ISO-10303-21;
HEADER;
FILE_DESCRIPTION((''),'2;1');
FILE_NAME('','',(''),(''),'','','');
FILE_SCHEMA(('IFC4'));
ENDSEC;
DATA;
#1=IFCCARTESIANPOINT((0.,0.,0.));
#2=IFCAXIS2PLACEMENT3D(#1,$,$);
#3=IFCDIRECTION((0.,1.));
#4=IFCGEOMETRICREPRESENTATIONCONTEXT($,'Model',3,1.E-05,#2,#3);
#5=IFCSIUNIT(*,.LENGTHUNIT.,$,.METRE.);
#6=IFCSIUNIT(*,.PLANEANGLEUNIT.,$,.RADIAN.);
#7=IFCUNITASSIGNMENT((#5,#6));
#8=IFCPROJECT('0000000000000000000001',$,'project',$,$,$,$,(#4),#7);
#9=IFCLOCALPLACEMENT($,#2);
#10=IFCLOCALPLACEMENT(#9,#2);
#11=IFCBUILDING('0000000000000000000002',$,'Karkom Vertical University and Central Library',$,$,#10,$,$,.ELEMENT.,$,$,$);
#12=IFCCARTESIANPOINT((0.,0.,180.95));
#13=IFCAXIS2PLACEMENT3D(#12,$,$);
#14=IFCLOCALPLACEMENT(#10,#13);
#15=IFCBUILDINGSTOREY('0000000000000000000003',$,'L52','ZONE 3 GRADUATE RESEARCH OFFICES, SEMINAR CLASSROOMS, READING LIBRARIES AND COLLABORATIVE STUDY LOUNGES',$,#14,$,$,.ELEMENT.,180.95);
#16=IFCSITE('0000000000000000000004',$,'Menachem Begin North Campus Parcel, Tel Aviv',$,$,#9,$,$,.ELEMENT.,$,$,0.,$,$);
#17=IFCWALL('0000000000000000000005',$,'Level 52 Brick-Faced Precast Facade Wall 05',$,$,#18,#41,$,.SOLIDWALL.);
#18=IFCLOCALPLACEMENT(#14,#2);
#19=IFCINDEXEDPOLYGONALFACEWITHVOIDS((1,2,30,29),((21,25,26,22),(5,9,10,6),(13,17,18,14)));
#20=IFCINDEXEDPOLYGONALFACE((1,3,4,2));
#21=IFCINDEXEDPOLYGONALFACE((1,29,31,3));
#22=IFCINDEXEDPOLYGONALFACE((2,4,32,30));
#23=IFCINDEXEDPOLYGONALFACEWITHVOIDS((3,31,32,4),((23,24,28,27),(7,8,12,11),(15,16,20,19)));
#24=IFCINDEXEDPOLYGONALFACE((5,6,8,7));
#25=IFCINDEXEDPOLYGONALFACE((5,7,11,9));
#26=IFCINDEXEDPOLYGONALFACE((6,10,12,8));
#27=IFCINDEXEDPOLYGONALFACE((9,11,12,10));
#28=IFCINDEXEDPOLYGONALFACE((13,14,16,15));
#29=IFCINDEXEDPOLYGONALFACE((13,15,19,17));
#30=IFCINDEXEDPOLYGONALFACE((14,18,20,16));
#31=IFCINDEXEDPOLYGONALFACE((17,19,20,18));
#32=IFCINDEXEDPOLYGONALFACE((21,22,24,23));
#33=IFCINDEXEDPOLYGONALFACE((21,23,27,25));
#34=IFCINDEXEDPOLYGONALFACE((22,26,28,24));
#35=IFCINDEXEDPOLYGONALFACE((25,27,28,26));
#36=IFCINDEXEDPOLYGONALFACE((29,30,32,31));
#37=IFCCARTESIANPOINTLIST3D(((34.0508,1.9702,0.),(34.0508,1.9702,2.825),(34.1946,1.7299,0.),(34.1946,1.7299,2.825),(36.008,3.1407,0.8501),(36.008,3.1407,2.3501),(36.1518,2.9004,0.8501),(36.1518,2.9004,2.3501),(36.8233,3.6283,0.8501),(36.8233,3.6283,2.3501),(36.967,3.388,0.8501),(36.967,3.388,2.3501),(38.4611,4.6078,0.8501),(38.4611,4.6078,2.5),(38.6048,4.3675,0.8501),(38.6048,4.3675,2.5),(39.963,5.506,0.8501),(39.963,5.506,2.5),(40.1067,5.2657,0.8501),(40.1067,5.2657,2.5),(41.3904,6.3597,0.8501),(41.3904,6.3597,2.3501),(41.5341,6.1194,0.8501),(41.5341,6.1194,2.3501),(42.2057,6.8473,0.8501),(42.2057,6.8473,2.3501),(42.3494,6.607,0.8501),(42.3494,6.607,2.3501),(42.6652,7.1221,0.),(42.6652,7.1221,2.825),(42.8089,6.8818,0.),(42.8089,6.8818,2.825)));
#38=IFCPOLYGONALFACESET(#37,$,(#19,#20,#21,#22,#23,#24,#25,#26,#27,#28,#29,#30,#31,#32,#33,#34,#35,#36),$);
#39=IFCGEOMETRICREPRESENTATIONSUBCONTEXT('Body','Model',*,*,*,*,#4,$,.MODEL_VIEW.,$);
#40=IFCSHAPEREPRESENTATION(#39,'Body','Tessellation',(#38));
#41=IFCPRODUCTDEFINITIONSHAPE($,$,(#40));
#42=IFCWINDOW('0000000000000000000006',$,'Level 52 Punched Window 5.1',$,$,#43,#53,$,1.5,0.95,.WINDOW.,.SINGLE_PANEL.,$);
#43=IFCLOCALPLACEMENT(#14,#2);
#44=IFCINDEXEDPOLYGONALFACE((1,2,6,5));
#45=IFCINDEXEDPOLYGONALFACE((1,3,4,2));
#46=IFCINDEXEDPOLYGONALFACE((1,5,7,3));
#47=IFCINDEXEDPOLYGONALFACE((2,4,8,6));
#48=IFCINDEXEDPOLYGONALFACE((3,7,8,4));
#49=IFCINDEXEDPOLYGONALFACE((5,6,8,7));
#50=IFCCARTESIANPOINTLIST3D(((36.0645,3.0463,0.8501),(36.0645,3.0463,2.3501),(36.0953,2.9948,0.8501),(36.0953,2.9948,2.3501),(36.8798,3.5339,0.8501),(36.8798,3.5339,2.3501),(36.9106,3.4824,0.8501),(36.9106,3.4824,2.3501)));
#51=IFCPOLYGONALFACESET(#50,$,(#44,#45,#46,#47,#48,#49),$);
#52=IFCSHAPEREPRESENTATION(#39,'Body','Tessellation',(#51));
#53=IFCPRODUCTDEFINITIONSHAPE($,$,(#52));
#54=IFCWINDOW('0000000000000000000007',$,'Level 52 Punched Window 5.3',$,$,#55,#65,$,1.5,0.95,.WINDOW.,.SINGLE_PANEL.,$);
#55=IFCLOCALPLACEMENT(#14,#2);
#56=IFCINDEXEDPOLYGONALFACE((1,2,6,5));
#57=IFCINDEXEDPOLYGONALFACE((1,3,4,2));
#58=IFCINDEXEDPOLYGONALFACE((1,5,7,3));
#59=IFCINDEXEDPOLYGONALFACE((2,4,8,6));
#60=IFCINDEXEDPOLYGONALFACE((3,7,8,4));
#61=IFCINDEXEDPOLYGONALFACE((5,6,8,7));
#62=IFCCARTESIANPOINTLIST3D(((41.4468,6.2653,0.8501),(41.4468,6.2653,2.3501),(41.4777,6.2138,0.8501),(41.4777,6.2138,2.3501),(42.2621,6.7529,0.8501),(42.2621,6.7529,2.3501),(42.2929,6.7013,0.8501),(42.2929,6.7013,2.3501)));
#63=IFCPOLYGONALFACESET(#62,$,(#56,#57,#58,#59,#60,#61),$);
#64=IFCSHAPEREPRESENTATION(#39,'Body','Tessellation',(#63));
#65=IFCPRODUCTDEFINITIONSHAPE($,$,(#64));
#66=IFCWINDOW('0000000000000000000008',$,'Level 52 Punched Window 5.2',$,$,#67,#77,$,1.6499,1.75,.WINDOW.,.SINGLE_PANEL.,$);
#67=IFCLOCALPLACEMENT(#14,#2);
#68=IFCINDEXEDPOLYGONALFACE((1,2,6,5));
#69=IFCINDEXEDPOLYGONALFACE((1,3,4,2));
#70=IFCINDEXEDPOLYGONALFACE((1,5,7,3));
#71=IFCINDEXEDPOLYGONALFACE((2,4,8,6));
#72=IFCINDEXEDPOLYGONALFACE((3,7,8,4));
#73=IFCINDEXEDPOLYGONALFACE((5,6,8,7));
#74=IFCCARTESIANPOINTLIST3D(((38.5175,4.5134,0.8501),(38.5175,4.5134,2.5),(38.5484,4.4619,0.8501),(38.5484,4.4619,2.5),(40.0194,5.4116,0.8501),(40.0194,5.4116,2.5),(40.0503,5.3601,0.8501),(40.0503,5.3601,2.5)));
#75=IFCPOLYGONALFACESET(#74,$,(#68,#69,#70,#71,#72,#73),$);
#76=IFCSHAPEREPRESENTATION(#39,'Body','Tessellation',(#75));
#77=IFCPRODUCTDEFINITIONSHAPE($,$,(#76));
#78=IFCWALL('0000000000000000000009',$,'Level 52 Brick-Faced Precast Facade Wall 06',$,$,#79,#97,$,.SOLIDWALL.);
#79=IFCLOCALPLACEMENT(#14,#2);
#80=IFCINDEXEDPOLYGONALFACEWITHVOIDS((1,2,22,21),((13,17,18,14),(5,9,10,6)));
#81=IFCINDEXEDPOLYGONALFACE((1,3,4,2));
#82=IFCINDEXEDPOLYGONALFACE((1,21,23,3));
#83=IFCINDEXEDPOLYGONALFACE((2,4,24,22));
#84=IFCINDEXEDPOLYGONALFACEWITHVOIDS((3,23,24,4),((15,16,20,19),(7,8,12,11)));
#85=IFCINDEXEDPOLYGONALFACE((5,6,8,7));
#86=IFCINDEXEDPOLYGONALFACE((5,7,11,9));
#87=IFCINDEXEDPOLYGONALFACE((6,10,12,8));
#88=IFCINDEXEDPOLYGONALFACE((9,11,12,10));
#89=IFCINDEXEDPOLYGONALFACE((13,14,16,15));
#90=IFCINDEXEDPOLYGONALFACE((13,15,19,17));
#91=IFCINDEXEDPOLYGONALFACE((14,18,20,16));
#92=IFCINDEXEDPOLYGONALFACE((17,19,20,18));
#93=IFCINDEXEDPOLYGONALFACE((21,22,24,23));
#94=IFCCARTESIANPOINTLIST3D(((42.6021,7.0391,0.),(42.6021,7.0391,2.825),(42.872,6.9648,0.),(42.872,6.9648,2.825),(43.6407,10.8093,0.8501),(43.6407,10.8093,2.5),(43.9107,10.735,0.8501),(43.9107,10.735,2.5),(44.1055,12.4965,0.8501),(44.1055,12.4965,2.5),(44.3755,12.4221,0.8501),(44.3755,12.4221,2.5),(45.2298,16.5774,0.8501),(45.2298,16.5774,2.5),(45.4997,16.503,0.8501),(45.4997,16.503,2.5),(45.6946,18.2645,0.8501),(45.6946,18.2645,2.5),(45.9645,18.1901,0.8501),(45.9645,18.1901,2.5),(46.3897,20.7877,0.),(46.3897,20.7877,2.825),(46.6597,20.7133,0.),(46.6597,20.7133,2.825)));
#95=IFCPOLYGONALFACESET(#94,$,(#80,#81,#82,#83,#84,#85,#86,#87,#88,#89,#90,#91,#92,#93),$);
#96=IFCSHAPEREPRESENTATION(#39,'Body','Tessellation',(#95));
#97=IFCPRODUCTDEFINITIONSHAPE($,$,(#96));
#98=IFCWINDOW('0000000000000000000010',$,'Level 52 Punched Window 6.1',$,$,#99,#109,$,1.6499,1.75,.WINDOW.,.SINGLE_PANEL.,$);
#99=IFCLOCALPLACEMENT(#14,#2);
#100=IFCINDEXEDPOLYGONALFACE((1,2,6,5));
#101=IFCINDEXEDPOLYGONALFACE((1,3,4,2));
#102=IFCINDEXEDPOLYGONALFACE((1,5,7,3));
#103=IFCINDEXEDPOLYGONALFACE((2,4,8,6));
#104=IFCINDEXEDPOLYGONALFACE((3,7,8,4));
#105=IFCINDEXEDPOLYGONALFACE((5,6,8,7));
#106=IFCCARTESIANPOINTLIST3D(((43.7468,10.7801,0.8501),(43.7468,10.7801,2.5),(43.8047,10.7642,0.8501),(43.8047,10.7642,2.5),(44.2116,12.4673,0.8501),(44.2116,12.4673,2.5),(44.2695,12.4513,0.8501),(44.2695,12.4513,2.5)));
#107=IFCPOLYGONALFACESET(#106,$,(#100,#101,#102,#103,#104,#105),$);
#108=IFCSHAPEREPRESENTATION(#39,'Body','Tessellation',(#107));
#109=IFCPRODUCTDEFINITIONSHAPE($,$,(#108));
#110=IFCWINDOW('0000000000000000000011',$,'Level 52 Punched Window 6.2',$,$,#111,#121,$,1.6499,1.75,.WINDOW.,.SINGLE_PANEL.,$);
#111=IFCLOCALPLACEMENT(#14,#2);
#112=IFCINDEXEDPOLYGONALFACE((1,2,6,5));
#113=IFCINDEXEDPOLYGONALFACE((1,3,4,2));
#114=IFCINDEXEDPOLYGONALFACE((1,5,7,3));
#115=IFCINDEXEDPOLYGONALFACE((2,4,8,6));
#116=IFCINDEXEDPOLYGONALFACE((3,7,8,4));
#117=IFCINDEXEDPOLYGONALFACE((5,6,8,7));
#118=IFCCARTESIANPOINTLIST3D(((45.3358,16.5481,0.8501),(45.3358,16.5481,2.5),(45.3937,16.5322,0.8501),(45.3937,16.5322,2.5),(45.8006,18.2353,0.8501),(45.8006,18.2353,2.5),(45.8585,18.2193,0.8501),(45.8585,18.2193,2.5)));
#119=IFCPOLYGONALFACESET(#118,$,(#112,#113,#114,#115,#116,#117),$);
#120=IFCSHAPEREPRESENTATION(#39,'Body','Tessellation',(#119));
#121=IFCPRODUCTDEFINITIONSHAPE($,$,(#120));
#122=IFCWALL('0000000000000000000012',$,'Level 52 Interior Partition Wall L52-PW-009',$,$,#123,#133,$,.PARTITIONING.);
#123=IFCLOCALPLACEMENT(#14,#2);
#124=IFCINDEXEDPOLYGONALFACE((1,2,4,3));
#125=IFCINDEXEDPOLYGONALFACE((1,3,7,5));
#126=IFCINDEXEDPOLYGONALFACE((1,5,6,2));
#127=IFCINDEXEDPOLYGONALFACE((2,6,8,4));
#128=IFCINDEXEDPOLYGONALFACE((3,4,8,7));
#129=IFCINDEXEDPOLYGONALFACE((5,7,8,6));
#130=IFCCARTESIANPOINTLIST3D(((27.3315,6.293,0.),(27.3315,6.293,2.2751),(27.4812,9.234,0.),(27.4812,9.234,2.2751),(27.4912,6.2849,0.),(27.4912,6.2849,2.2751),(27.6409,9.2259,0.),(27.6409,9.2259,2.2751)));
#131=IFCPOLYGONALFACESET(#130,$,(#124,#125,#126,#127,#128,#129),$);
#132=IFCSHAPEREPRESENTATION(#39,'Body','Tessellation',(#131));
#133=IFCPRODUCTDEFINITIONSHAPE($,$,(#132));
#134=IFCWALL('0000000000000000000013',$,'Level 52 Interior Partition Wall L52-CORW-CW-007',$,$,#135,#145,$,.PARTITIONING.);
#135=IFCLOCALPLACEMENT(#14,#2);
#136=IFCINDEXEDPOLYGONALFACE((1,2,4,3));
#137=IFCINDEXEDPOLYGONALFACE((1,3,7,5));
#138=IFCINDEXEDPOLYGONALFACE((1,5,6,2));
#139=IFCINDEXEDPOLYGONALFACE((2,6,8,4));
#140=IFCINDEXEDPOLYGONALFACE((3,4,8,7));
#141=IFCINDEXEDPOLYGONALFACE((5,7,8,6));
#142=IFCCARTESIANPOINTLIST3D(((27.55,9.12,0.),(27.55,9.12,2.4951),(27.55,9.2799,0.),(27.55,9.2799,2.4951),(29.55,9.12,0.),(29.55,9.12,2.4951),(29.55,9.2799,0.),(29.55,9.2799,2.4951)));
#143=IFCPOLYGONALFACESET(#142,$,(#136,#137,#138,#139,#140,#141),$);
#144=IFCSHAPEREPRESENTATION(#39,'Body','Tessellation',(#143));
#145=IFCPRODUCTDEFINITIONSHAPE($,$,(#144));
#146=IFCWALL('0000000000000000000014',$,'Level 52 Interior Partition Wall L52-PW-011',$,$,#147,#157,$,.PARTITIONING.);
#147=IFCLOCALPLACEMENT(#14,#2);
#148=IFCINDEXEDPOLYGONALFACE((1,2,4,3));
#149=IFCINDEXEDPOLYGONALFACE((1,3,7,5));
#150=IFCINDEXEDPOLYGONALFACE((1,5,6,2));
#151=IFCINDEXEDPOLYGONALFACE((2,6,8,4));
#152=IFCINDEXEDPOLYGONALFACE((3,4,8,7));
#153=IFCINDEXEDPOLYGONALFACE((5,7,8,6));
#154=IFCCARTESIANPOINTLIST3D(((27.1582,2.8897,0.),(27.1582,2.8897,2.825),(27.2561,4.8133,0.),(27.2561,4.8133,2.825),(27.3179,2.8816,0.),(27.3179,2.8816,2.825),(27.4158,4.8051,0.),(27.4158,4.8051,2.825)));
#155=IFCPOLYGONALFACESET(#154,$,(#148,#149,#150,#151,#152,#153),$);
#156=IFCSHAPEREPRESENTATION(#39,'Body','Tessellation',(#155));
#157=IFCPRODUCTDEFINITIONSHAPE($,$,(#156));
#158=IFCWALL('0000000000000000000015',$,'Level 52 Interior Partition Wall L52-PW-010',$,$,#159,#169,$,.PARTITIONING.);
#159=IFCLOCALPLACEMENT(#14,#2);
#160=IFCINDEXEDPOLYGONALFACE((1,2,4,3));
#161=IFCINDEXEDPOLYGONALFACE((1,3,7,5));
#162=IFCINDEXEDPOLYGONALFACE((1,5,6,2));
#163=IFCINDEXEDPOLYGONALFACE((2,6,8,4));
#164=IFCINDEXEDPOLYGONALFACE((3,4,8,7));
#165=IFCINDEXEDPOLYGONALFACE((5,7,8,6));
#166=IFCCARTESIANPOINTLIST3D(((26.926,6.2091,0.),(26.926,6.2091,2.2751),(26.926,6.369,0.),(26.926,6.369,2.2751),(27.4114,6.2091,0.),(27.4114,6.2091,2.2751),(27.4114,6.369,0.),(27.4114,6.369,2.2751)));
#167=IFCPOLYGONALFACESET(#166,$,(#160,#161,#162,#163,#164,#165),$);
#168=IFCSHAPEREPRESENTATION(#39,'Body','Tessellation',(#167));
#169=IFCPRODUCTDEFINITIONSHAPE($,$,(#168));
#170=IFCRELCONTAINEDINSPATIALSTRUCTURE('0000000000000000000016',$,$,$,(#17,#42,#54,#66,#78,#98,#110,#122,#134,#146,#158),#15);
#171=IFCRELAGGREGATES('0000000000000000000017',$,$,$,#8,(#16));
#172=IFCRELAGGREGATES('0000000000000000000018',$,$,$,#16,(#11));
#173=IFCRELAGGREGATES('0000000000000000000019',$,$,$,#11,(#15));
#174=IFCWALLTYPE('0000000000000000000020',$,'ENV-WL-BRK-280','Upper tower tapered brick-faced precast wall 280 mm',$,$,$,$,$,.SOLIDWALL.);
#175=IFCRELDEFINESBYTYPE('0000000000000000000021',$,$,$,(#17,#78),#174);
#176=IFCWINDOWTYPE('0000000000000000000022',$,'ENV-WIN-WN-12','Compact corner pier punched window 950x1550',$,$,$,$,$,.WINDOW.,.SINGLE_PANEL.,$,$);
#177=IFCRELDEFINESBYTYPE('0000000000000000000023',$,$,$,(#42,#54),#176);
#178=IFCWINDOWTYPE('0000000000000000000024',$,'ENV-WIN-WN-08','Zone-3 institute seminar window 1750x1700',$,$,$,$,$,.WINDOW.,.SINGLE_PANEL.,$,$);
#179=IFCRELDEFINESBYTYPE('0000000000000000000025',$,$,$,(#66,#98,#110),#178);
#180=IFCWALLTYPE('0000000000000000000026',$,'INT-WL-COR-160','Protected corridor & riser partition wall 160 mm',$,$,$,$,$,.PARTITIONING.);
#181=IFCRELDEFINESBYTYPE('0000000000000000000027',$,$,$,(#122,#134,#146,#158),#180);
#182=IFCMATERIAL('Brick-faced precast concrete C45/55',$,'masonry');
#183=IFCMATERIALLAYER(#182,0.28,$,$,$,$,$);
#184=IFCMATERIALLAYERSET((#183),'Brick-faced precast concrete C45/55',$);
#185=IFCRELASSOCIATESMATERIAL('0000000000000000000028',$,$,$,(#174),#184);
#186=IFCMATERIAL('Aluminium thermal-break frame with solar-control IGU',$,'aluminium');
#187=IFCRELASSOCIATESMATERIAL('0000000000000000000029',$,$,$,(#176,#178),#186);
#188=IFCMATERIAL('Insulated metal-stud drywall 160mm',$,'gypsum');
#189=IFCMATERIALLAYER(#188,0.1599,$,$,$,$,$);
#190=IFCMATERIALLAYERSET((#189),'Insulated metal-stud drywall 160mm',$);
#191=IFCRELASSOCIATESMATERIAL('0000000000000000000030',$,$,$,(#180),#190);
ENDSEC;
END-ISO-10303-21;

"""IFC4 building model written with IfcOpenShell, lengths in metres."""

from ifc_helpers import new_model, si_unit, direction, frame, frame_2d, origin, origin_with_axes, place, context, subcontext, project, spatial, rectangle, extrude, source, transform, mapped, material, layer, layer_set, type_object, element, fill, save


model = new_model("IFC4")

# Units and contexts
model_context = context("Model", 3, precision=1e-05, world=origin(), true_north=direction((0.0, 1.0)))
body_context = subcontext(model_context, "Body", "Model", "MODEL_VIEW")
ifc_project = project(units=[si_unit("LENGTHUNIT", "METRE"), si_unit("PLANEANGLEUNIT", "RADIAN")], contexts=[model_context])

# Site, building, storey
site_placement = place(None, origin())
site = spatial("IfcSite", under=ifc_project, at=site_placement, Name="Menachem Begin North Campus Parcel, Tel Aviv", CompositionType="ELEMENT", RefElevation=0.0)
building_placement = place(site_placement, origin())
building = spatial("IfcBuilding", under=site, at=building_placement, Name="Karkom Vertical University and Central Library", CompositionType="ELEMENT")
storey_placement = place(building_placement, frame((0.0, 0.0, 180.95)))
storey = spatial("IfcBuildingStorey", under=building, at=storey_placement, Name="L52", Description="ZONE 3 GRADUATE RESEARCH OFFICES, SEMINAR CLASSROOMS, READING LIBRARIES AND COLLABORATIVE STUDY LOUNGES", CompositionType="ELEMENT", Elevation=180.95)

# Walls, openings, windows
ifc_material_1 = material(Name="Brick-faced precast concrete C45/55", Category="masonry")
ifc_layer_1 = layer(ifc_material_1, 0.28)
ifc_layer_set_1 = layer_set([ifc_layer_1], Name="Brick-faced precast concrete C45/55")
wall_type_1 = type_object("IfcWallType", Name="ENV-WL-BRK-280", Description="Upper tower tapered brick-faced precast wall 280 mm", PredefinedType="SOLIDWALL", material=ifc_layer_set_1)
wall_1_placement = place(storey_placement, frame((34.1228, 1.8501, 0.0), z_axis=(0.0, 0.0, 1.0), x_axis=(0.858226, 0.513272, 0.0)))
wall_1 = element("IfcWall", 1, at=wall_1_placement, inside=storey, type_object=wall_type_1, Name="Level 52 Brick-Faced Precast Facade Wall 05", PredefinedType="SOLIDWALL", context=body_context, shape_type="SweptSolid", body=[
    extrude(rectangle(XDim=10.0374, YDim=0.28, at=frame_2d((5.0186, 0.0))), origin(), (0.0, 0.0, 1.0), 2.825),
])
opening_1_placement = place(wall_1_placement, frame((2.2803, 0.0, 0.8501)))
opening_1 = element("IfcOpeningElement", 2, at=opening_1_placement, cuts=wall_1, PredefinedType="OPENING", context=body_context, shape_type="SweptSolid", body=[
    extrude(rectangle(XDim=0.95, YDim=1.5, at=frame_2d((0.4751, 0.75))), frame((0.0, 0.1499, 0.0), z_axis=(0.0, -1.0, 0.0), x_axis=(1.0, 0.0, 0.0)), (0.0, 0.0, 1.0), 0.3),
])
opening_2_placement = place(wall_1_placement, frame((5.1387, 0.0, 0.8501)))
opening_2 = element("IfcOpeningElement", 3, at=opening_2_placement, cuts=wall_1, PredefinedType="OPENING", context=body_context, shape_type="SweptSolid", body=[
    extrude(rectangle(XDim=1.75, YDim=1.6499, at=frame_2d((0.875, 0.825))), frame((0.0, 0.1499, 0.0), z_axis=(0.0, -1.0, 0.0), x_axis=(1.0, 0.0, 0.0)), (0.0, 0.0, 1.0), 0.3),
])
opening_3_placement = place(wall_1_placement, frame((8.5518, 0.0, 0.8501)))
opening_3 = element("IfcOpeningElement", 4, at=opening_3_placement, cuts=wall_1, PredefinedType="OPENING", context=body_context, shape_type="SweptSolid", body=[
    extrude(rectangle(XDim=0.95, YDim=1.5, at=frame_2d((0.4751, 0.75))), frame((0.0, 0.1499, 0.0), z_axis=(0.0, -1.0, 0.0), x_axis=(1.0, 0.0, 0.0)), (0.0, 0.0, 1.0), 0.3),
])
ifc_material_2 = material(Name="Aluminium thermal-break frame with solar-control IGU", Category="aluminium")
window_type_1 = type_object("IfcWindowType", Name="ENV-WIN-WN-12", Description="Compact corner pier punched window 950x1550", PartitioningType="SINGLE_PANEL", PredefinedType="WINDOW", material=ifc_material_2)
shared_shape_1 = source(origin_with_axes(), body_context, "Body", "SweptSolid", [
    extrude(rectangle(XDim=0.95, YDim=1.5, at=frame_2d((0.4751, 0.75))), frame((0.0, 0.03, 0.0), z_axis=(0.0, -1.0, 0.0), x_axis=(1.0, 0.0, 0.0)), (0.0, 0.0, 1.0), 0.0601),
])
window_1_placement = place(opening_1_placement, origin())
window_1 = element("IfcWindow", 5, at=window_1_placement, inside=storey, type_object=window_type_1, Name="Level 52 Punched Window 5.1", OverallHeight=1.5, OverallWidth=0.95, PartitioningType="SINGLE_PANEL", PredefinedType="WINDOW", context=body_context, shape_type="MappedRepresentation", body=[
    mapped(shared_shape_1, transform((0.0, 0.0, 0.0), scale=1.0)),
])
fill(opening_1, window_1)
window_2_placement = place(opening_3_placement, origin())
window_2 = element("IfcWindow", 6, at=window_2_placement, inside=storey, type_object=window_type_1, Name="Level 52 Punched Window 5.3", OverallHeight=1.5, OverallWidth=0.95, PartitioningType="SINGLE_PANEL", PredefinedType="WINDOW", context=body_context, shape_type="MappedRepresentation", body=[
    mapped(shared_shape_1, transform((0.0, 0.0, 0.0), scale=1.0)),
])
fill(opening_3, window_2)
window_type_2 = type_object("IfcWindowType", Name="ENV-WIN-WN-08", Description="Zone-3 institute seminar window 1750x1700", PartitioningType="SINGLE_PANEL", PredefinedType="WINDOW", material=ifc_material_2)
shared_shape_2 = source(origin_with_axes(), body_context, "Body", "SweptSolid", [
    extrude(rectangle(XDim=1.75, YDim=1.6499, at=frame_2d((0.875, 0.825))), frame((0.0, 0.03, 0.0), z_axis=(0.0, -1.0, 0.0), x_axis=(1.0, 0.0, 0.0)), (0.0, 0.0, 1.0), 0.0601),
])
window_3_placement = place(opening_2_placement, origin())
window_3 = element("IfcWindow", 7, at=window_3_placement, inside=storey, type_object=window_type_2, Name="Level 52 Punched Window 5.2", OverallHeight=1.6499, OverallWidth=1.75, PartitioningType="SINGLE_PANEL", PredefinedType="WINDOW", context=body_context, shape_type="MappedRepresentation", body=[
    mapped(shared_shape_2, transform((0.0, 0.0, 0.0), scale=1.0)),
])
fill(opening_2, window_3)
wall_2_placement = place(storey_placement, frame((42.7371, 7.002, 0.0), z_axis=(0.0, 0.0, 1.0), x_axis=(0.265597, 0.964084, 0.0)))
wall_2 = element("IfcWall", 8, at=wall_2_placement, inside=storey, type_object=wall_type_1, Name="Level 52 Brick-Faced Precast Facade Wall 06", PredefinedType="SOLIDWALL", context=body_context, shape_type="SweptSolid", body=[
    extrude(rectangle(XDim=14.2607, YDim=0.28, at=frame_2d((7.1304, 0.0))), origin(), (0.0, 0.0, 1.0), 2.825),
])
opening_4_placement = place(wall_2_placement, frame((3.9106, 0.0, 0.8501)))
opening_4 = element("IfcOpeningElement", 9, at=opening_4_placement, cuts=wall_2, PredefinedType="OPENING", context=body_context, shape_type="SweptSolid", body=[
    extrude(rectangle(XDim=1.75, YDim=1.6499, at=frame_2d((0.875, 0.825))), frame((0.0, 0.1499, 0.0), z_axis=(0.0, -1.0, 0.0), x_axis=(1.0, 0.0, 0.0)), (0.0, 0.0, 1.0), 0.3),
])
opening_5_placement = place(wall_2_placement, frame((9.8936, 0.0, 0.8501)))
opening_5 = element("IfcOpeningElement", 10, at=opening_5_placement, cuts=wall_2, PredefinedType="OPENING", context=body_context, shape_type="SweptSolid", body=[
    extrude(rectangle(XDim=1.75, YDim=1.6499, at=frame_2d((0.875, 0.825))), frame((0.0, 0.1499, 0.0), z_axis=(0.0, -1.0, 0.0), x_axis=(1.0, 0.0, 0.0)), (0.0, 0.0, 1.0), 0.3),
])
window_4_placement = place(opening_4_placement, origin())
window_4 = element("IfcWindow", 11, at=window_4_placement, inside=storey, type_object=window_type_2, Name="Level 52 Punched Window 6.1", OverallHeight=1.6499, OverallWidth=1.75, PartitioningType="SINGLE_PANEL", PredefinedType="WINDOW", context=body_context, shape_type="MappedRepresentation", body=[
    mapped(shared_shape_2, transform((0.0, 0.0, 0.0), scale=1.0)),
])
fill(opening_4, window_4)
window_5_placement = place(opening_5_placement, origin())
window_5 = element("IfcWindow", 12, at=window_5_placement, inside=storey, type_object=window_type_2, Name="Level 52 Punched Window 6.2", OverallHeight=1.6499, OverallWidth=1.75, PartitioningType="SINGLE_PANEL", PredefinedType="WINDOW", context=body_context, shape_type="MappedRepresentation", body=[
    mapped(shared_shape_2, transform((0.0, 0.0, 0.0), scale=1.0)),
])
fill(opening_5, window_5)

# Shared definitions
ifc_material_3 = material(Name="Insulated metal-stud drywall 160mm", Category="gypsum")
ifc_layer_2 = layer(ifc_material_3, 0.1599)
ifc_layer_set_2 = layer_set([ifc_layer_2], Name="Insulated metal-stud drywall 160mm")
wall_type_2 = type_object("IfcWallType", Name="INT-WL-COR-160", Description="Protected corridor & riser partition wall 160 mm", PredefinedType="PARTITIONING", material=ifc_layer_set_2)

# Walls
wall_3_placement = place(storey_placement, frame((27.561, 9.23, 0.0), z_axis=(0.0, 0.0, 1.0), x_axis=(-0.050822, -0.998708, 0.0)))
element("IfcWall", 13, at=wall_3_placement, inside=storey, type_object=wall_type_2, Name="Level 52 Interior Partition Wall L52-PW-009", PredefinedType="PARTITIONING", context=body_context, shape_type="SweptSolid", body=[
    extrude(rectangle(XDim=2.9448, YDim=0.1599, at=frame_2d((1.4724, 0.0))), origin(), (0.0, 0.0, 1.0), 2.2751),
])
wall_4_placement = place(storey_placement, frame((29.55, 9.2, 0.0), z_axis=(0.0, 0.0, 1.0), x_axis=(-1.0, 0.0, 0.0)))
element("IfcWall", 14, at=wall_4_placement, inside=storey, type_object=wall_type_2, Name="Level 52 Interior Partition Wall L52-CORW-CW-007", PredefinedType="PARTITIONING", context=body_context, shape_type="SweptSolid", body=[
    extrude(rectangle(XDim=2.0, YDim=0.1599, at=frame_2d((1.0, 0.0))), origin(), (0.0, 0.0, 1.0), 2.4951),
])
wall_5_placement = place(storey_placement, frame((27.3359, 4.8091, 0.0), z_axis=(0.0, 0.0, 1.0), x_axis=(-0.050829, -0.998707, 0.0)))
element("IfcWall", 15, at=wall_5_placement, inside=storey, type_object=wall_type_2, Name="Level 52 Interior Partition Wall L52-PW-011", PredefinedType="PARTITIONING", context=body_context, shape_type="SweptSolid", body=[
    extrude(rectangle(XDim=1.926, YDim=0.1599, at=frame_2d((0.9629, 0.0))), origin(), (0.0, 0.0, 1.0), 2.825),
])
wall_6_placement = place(storey_placement, frame((27.4114, 6.2891, 0.0), z_axis=(0.0, 0.0, 1.0), x_axis=(-1.0, 0.0, 0.0)))
element("IfcWall", 16, at=wall_6_placement, inside=storey, type_object=wall_type_2, Name="Level 52 Interior Partition Wall L52-PW-010", PredefinedType="PARTITIONING", context=body_context, shape_type="SweptSolid", body=[
    extrude(rectangle(XDim=0.4854, YDim=0.1599, at=frame_2d((0.2427, 0.0))), origin(), (0.0, 0.0, 1.0), 2.2751),
])

save(model, "model.ifc")
